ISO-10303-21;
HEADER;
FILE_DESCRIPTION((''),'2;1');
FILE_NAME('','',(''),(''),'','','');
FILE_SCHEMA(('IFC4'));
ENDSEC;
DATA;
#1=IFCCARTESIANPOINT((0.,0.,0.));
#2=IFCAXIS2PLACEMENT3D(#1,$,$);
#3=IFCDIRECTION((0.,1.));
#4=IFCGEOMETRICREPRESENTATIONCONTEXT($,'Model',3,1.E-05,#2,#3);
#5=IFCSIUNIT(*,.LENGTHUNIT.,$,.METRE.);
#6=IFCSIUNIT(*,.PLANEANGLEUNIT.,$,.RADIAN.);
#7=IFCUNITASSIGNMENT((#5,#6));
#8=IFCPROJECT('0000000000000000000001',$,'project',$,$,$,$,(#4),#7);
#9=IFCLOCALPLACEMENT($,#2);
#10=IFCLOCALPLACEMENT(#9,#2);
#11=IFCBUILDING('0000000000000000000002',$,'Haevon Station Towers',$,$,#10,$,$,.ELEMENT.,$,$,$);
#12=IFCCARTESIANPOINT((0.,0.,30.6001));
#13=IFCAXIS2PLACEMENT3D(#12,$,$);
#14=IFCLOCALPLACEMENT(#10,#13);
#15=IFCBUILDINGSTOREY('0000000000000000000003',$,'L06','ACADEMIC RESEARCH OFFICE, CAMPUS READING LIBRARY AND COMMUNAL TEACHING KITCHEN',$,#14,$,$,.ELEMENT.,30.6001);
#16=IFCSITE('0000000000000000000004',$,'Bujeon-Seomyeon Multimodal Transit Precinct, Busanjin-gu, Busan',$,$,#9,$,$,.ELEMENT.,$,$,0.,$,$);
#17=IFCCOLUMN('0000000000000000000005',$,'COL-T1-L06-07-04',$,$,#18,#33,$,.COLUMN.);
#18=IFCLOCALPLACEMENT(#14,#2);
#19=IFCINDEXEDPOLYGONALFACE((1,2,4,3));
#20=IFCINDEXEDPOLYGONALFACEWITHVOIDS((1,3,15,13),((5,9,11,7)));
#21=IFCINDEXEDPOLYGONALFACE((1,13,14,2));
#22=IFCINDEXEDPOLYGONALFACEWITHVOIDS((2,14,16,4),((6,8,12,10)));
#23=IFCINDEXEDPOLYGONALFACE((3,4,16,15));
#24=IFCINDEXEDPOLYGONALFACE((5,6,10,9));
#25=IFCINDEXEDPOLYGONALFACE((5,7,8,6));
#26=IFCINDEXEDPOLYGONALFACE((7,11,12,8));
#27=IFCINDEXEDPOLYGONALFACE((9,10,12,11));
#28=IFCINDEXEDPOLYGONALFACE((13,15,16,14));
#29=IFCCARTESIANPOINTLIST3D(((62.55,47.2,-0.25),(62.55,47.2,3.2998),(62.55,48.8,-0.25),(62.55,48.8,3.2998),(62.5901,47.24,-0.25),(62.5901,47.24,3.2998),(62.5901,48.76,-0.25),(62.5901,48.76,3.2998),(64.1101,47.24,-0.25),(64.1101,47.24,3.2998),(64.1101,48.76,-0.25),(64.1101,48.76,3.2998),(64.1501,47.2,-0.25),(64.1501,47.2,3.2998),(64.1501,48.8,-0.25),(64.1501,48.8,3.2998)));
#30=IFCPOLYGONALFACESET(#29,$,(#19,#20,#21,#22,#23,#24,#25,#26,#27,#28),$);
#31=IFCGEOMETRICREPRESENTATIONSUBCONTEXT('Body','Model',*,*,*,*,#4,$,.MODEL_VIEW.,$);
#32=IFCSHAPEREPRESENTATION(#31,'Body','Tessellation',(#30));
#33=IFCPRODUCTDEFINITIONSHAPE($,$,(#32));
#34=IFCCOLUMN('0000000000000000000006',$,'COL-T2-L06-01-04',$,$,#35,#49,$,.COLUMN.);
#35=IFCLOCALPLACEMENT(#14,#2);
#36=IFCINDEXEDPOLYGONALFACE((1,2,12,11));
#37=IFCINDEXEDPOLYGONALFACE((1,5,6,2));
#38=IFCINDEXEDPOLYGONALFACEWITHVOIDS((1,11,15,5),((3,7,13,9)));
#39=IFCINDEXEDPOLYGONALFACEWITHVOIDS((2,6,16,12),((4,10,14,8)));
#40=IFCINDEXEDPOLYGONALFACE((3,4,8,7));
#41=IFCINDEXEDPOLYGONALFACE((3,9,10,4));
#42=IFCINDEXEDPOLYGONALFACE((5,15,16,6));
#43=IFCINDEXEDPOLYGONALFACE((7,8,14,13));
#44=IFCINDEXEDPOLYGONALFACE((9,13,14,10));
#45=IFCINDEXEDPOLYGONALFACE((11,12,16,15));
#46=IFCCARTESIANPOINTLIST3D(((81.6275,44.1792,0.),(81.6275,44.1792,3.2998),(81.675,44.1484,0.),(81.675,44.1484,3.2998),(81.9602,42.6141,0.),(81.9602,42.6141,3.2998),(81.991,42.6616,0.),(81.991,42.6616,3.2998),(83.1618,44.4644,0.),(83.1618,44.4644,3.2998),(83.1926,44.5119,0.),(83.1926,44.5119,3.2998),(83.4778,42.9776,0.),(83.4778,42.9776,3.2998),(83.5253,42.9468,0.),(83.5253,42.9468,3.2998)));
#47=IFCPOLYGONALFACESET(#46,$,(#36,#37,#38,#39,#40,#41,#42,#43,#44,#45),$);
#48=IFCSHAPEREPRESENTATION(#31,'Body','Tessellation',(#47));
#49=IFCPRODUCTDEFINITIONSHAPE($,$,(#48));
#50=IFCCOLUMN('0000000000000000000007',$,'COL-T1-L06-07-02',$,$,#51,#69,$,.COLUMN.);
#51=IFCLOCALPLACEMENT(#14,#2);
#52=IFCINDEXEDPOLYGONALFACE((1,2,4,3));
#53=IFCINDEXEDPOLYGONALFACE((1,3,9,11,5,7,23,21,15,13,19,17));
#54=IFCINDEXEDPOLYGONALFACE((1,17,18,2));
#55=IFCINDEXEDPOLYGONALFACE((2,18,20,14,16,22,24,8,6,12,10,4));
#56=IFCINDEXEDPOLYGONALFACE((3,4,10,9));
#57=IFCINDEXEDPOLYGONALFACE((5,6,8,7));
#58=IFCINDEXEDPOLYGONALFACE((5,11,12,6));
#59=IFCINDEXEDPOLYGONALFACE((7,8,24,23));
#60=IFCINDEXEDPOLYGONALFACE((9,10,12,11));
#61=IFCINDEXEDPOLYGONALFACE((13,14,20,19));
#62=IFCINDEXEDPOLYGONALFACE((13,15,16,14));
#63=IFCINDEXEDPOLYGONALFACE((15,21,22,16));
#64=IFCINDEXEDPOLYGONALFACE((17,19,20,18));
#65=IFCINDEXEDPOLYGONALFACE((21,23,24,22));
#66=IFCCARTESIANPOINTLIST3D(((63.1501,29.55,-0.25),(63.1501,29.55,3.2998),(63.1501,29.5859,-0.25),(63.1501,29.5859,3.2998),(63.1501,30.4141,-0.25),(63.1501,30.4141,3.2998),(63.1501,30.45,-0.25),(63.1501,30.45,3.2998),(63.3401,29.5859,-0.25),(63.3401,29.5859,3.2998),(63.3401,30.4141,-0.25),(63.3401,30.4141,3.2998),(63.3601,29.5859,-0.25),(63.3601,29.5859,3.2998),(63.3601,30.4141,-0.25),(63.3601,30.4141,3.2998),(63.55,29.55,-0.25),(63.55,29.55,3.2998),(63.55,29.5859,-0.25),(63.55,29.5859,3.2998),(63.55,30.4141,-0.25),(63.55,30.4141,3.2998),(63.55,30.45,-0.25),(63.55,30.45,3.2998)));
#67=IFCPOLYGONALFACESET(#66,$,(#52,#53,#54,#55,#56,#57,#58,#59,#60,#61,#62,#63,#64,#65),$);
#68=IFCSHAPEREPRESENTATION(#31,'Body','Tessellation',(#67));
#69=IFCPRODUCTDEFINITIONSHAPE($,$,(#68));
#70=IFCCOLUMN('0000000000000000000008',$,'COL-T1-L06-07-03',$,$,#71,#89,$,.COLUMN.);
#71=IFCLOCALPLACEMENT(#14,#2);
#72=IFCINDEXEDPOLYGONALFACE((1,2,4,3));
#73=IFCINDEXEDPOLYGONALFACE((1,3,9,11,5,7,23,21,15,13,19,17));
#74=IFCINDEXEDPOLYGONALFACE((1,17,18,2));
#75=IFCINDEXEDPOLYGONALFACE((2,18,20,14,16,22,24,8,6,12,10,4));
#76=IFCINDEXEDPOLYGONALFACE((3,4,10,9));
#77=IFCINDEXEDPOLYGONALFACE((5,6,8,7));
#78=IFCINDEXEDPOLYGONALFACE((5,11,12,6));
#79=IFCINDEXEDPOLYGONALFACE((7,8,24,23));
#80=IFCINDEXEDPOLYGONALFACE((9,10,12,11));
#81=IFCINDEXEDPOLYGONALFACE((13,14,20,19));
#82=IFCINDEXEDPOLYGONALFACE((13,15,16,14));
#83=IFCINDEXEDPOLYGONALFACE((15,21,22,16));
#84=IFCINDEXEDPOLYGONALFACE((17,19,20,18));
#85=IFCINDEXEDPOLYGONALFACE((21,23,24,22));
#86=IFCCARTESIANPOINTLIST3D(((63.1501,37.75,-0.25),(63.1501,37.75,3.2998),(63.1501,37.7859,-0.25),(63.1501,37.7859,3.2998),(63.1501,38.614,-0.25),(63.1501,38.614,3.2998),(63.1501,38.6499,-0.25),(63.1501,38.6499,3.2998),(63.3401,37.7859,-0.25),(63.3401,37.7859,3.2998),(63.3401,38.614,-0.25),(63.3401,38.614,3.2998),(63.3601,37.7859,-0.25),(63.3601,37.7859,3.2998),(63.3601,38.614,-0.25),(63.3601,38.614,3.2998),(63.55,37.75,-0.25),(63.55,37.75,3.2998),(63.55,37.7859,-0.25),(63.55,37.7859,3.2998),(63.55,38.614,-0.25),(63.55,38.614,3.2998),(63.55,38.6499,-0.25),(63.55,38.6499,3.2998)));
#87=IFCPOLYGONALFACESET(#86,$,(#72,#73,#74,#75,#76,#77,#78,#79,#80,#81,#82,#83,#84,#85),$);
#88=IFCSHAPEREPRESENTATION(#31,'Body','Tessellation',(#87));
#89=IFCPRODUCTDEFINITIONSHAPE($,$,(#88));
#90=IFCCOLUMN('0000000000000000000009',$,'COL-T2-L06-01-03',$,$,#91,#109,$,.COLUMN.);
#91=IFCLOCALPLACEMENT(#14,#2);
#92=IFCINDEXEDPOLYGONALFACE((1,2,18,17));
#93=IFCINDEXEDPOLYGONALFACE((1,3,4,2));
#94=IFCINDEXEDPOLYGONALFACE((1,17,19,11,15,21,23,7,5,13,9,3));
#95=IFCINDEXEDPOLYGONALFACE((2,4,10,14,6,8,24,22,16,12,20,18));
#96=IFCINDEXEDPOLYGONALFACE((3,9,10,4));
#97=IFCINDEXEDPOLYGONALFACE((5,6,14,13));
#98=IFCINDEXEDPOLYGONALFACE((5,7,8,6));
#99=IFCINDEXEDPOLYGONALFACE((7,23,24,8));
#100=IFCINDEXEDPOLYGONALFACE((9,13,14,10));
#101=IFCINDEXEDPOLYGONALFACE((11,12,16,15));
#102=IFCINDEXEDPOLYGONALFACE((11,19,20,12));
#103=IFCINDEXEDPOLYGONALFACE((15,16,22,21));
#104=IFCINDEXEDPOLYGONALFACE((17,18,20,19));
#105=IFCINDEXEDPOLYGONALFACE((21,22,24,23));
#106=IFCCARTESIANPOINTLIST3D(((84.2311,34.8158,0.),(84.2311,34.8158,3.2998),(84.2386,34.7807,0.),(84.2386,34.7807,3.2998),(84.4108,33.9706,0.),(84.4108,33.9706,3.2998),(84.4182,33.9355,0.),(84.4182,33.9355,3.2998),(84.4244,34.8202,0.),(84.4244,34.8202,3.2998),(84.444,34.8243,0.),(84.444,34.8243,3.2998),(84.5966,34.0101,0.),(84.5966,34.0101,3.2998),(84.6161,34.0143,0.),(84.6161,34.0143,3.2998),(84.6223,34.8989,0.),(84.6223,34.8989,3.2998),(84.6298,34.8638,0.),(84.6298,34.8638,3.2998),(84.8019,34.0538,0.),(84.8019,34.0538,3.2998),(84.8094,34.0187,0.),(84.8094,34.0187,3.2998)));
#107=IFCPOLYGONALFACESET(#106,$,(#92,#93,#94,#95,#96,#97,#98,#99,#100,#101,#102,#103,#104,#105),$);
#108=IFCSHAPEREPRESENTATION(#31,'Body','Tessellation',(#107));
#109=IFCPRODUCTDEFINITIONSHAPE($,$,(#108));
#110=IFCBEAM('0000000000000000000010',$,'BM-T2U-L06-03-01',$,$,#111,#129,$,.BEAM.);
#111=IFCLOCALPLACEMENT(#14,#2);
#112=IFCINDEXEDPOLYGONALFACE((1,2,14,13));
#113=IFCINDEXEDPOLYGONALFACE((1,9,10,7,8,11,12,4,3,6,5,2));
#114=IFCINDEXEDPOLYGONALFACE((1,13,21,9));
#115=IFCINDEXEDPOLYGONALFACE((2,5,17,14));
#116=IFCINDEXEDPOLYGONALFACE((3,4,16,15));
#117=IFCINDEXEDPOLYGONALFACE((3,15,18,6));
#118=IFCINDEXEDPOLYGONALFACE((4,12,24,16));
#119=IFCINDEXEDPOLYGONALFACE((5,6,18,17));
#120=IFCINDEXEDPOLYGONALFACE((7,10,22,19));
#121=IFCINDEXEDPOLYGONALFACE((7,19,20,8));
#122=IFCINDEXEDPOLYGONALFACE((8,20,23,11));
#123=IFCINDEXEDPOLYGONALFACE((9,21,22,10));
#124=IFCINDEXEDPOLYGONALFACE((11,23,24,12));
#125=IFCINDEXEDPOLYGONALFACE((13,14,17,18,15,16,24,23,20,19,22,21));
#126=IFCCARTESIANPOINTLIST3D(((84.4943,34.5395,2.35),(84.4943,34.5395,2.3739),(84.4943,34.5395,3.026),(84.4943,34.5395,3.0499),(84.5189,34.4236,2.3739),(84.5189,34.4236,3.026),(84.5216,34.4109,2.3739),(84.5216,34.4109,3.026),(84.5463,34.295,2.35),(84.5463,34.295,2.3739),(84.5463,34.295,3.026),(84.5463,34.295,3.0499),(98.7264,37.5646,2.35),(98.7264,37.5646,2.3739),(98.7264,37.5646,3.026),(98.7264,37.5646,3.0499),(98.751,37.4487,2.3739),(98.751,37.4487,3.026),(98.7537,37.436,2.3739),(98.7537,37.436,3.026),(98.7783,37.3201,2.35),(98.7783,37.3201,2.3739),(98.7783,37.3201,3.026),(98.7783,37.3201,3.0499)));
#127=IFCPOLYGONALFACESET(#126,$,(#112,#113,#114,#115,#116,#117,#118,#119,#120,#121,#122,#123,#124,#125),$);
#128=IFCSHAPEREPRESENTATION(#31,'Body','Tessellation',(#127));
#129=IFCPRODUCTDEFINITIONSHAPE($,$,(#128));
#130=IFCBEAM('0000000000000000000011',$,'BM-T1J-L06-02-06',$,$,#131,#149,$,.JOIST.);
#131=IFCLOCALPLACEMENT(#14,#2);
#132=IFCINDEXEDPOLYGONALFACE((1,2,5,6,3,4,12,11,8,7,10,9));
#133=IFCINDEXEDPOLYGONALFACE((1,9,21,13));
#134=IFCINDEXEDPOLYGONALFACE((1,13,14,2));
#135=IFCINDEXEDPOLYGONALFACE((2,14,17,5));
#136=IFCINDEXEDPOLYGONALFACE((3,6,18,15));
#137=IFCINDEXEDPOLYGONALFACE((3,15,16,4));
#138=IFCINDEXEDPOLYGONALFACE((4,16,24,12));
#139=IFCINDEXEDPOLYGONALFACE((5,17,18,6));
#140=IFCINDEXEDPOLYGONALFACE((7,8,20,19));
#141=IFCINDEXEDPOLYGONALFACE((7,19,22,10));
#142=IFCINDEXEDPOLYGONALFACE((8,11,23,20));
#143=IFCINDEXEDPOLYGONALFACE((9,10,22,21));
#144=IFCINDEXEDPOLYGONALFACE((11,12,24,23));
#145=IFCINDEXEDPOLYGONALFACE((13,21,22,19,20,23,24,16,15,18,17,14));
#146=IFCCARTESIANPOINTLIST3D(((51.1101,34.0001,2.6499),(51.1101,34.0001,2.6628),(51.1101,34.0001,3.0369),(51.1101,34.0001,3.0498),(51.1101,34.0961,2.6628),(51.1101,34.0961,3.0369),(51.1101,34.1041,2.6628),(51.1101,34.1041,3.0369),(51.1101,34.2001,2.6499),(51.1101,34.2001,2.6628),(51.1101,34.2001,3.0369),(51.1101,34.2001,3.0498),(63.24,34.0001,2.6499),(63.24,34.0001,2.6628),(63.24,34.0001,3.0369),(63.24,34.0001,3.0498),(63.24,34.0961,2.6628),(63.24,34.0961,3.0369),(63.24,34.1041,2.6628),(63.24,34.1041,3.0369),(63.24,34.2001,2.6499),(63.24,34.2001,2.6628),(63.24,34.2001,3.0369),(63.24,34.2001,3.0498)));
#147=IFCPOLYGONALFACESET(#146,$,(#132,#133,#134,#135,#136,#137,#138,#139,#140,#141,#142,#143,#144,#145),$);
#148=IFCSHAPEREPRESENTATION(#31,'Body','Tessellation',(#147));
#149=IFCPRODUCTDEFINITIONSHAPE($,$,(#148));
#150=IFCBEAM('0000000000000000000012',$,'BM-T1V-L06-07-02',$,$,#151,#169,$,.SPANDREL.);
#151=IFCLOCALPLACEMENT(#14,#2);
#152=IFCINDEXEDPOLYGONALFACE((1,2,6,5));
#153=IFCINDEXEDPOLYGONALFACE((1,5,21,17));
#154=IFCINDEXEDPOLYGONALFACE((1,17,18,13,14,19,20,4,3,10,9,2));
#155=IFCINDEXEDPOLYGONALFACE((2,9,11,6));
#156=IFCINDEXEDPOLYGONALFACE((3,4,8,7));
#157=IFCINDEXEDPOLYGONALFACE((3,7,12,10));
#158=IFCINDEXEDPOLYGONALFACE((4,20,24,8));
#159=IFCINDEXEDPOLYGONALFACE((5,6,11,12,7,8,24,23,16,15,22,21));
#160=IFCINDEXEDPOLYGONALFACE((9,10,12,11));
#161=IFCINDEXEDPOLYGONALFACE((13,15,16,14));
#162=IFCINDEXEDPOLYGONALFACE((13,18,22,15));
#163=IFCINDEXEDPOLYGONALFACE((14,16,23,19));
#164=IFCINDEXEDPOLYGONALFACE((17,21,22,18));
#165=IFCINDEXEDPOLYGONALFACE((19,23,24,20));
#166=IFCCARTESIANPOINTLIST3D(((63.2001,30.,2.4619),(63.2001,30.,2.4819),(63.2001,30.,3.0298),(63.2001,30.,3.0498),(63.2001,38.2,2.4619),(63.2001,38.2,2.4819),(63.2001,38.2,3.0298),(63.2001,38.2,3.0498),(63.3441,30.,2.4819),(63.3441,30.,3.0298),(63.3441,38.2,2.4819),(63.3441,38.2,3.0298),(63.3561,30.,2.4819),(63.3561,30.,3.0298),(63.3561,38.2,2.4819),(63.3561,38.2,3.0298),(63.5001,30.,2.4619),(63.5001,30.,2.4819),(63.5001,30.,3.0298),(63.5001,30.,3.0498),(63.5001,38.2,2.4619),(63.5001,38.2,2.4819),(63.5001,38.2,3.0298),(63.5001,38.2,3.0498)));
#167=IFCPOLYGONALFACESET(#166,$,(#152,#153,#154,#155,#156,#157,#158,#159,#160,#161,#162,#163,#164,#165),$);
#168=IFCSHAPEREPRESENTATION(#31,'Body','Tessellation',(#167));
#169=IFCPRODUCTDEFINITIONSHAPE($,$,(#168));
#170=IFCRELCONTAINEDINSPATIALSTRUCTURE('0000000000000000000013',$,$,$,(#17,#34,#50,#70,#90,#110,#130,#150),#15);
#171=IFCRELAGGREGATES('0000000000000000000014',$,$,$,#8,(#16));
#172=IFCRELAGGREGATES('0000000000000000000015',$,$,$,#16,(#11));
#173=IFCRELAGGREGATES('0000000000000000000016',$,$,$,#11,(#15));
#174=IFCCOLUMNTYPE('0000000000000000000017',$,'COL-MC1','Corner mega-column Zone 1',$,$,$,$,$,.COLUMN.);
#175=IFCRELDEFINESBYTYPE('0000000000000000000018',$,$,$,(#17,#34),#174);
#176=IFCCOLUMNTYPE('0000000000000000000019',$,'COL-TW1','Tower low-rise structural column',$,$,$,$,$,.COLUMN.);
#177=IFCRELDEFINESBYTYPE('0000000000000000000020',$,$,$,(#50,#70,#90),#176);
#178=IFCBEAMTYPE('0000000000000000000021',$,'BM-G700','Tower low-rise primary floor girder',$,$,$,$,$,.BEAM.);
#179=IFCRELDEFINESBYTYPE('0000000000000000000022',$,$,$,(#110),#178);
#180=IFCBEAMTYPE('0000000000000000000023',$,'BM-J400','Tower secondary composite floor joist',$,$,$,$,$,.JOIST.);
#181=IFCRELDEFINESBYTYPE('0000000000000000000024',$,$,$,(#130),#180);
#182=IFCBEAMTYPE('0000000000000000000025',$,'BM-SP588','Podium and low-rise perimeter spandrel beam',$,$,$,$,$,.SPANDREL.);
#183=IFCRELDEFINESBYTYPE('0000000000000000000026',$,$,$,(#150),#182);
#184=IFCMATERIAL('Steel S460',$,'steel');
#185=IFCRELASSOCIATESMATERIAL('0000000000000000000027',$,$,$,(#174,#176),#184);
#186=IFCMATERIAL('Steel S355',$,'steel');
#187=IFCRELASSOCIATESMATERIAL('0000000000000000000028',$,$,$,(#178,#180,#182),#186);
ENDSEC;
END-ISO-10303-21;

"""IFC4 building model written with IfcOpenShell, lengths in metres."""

from ifc_helpers import new_model, si_unit, direction, frame, origin, origin_2d, place, context, subcontext, project, spatial, hollow_rectangle, i_section, extrude, material, material_profile, profile_set, type_object, element, save


model = new_model("IFC4")

# Units and contexts
model_context = context("Model", 3, precision=1e-05, world=origin(), true_north=direction((0.0, 1.0)))
body_context = subcontext(model_context, "Body", "Model", "MODEL_VIEW")
ifc_project = project(units=[si_unit("LENGTHUNIT", "METRE"), si_unit("PLANEANGLEUNIT", "RADIAN")], contexts=[model_context])

# Site, building, storey
site_placement = place(None, origin())
site = spatial("IfcSite", under=ifc_project, at=site_placement, Name="Bujeon-Seomyeon Multimodal Transit Precinct, Busanjin-gu, Busan", CompositionType="ELEMENT", RefElevation=0.0)
building_placement = place(site_placement, origin())
building = spatial("IfcBuilding", under=site, at=building_placement, Name="Haevon Station Towers", CompositionType="ELEMENT")
storey_placement = place(building_placement, frame((0.0, 0.0, 30.6001)))
storey = spatial("IfcBuildingStorey", under=building, at=storey_placement, Name="L06", Description="ACADEMIC RESEARCH OFFICE, CAMPUS READING LIBRARY AND COMMUNAL TEACHING KITCHEN", CompositionType="ELEMENT", Elevation=30.6001)

# Columns
ifc_material_1 = material(Name="Steel S460", Category="steel")
ifc_material_profile_1 = material_profile(ifc_material_1, hollow_rectangle(XDim=1.6001, YDim=1.6001, WallThickness=0.04, at=origin_2d()), Name="BOX-1600x1600x40")
ifc_profile_set_1 = profile_set([ifc_material_profile_1], Name="Steel S460")
column_type_1 = type_object("IfcColumnType", Name="COL-MC1", Description="Corner mega-column Zone 1", PredefinedType="COLUMN", material=ifc_profile_set_1)
column_1_placement = place(storey_placement, frame((63.3501, 48.0, -0.25), z_axis=(0.0, 0.0, 1.0), x_axis=(1.0, 0.0, 0.0)))
element("IfcColumn", 1, at=column_1_placement, inside=storey, type_object=column_type_1, Name="COL-T1-L06-07-04", PredefinedType="COLUMN", context=body_context, shape_type="SweptSolid", body=[
    extrude(hollow_rectangle(XDim=1.6001, YDim=1.6001, WallThickness=0.04, at=origin_2d()), origin(), (0.0, 0.0, 1.0), 3.5498),
])
column_2_placement = place(storey_placement, frame((82.5764, 43.563, 0.0), z_axis=(0.0, 0.0, 1.0), x_axis=(0.978148, 0.207912, 0.0)))
element("IfcColumn", 2, at=column_2_placement, inside=storey, type_object=column_type_1, Name="COL-T2-L06-01-04", PredefinedType="COLUMN", context=body_context, shape_type="SweptSolid", body=[
    extrude(hollow_rectangle(XDim=1.6001, YDim=1.6001, WallThickness=0.04, at=origin_2d()), origin(), (0.0, 0.0, 1.0), 3.2998),
])
ifc_material_profile_2 = material_profile(ifc_material_1, i_section(OverallWidth=0.3999, OverallDepth=0.8999, WebThickness=0.02, FlangeThickness=0.0359, at=origin_2d()), Name="H-900x400x20x36")
ifc_profile_set_2 = profile_set([ifc_material_profile_2], Name="Steel S460")
column_type_2 = type_object("IfcColumnType", Name="COL-TW1", Description="Tower low-rise structural column", PredefinedType="COLUMN", material=ifc_profile_set_2)
for number, where, z_axis, x_axis, name in (
    (3, (63.3501, 30.0, -0.25), (0.0, 0.0, 1.0), (1.0, 0.0, 0.0), "COL-T1-L06-07-02"),
    (4, (63.3501, 38.2, -0.25), (0.0, 0.0, 1.0), (1.0, 0.0, 0.0), "COL-T1-L06-07-03"),
):
    element("IfcColumn", number, at=place(storey_placement, frame(where, z_axis=z_axis, x_axis=x_axis)), inside=storey, type_object=column_type_2, Name=name, PredefinedType="COLUMN", context=body_context, shape_type="SweptSolid", body=[
        extrude(i_section(OverallWidth=0.3999, OverallDepth=0.8999, WebThickness=0.02, FlangeThickness=0.0359, at=origin_2d()), origin(), (0.0, 0.0, 1.0), 3.5498),
    ])
column_3_placement = place(storey_placement, frame((84.5203, 34.4172, 0.0), z_axis=(0.0, 0.0, 1.0), x_axis=(0.978148, 0.207912, 0.0)))
element("IfcColumn", 5, at=column_3_placement, inside=storey, type_object=column_type_2, Name="COL-T2-L06-01-03", PredefinedType="COLUMN", context=body_context, shape_type="SweptSolid", body=[
    extrude(i_section(OverallWidth=0.3999, OverallDepth=0.8999, WebThickness=0.02, FlangeThickness=0.0359, at=origin_2d()), origin(), (0.0, 0.0, 1.0), 3.2998),
])

# Beams
ifc_material_2 = material(Name="Steel S355", Category="steel")
ifc_material_profile_3 = material_profile(ifc_material_2, i_section(OverallWidth=0.25, OverallDepth=0.7, WebThickness=0.0129, FlangeThickness=0.0239, at=origin_2d()), Name="H-700x250x13x24")
ifc_profile_set_3 = profile_set([ifc_material_profile_3], Name="Steel S355")
beam_type_1 = type_object("IfcBeamType", Name="BM-G700", Description="Tower low-rise primary floor girder", PredefinedType="BEAM", material=ifc_profile_set_3)
beam_1_placement = place(storey_placement, frame((84.5203, 34.4172, 2.7), z_axis=(0.978148, 0.207912, 0.0), x_axis=(-0.207912, 0.978148, 0.0)))
element("IfcBeam", 6, at=beam_1_placement, inside=storey, type_object=beam_type_1, Name="BM-T2U-L06-03-01", PredefinedType="BEAM", context=body_context, shape_type="SweptSolid", body=[
    extrude(i_section(OverallWidth=0.25, OverallDepth=0.7, WebThickness=0.0129, FlangeThickness=0.0239, at=origin_2d()), origin(), (0.0, 0.0, 1.0), 14.55),
])
ifc_material_profile_4 = material_profile(ifc_material_2, i_section(OverallWidth=0.2, OverallDepth=0.3999, WebThickness=0.0081, FlangeThickness=0.0129, at=origin_2d()), Name="H-400x200x8x13")
ifc_profile_set_4 = profile_set([ifc_material_profile_4], Name="Steel S355")
beam_type_2 = type_object("IfcBeamType", Name="BM-J400", Description="Tower secondary composite floor joist", PredefinedType="JOIST", material=ifc_profile_set_4)
beam_2_placement = place(storey_placement, frame((51.1101, 34.1001, 2.8499), z_axis=(1.0, 0.0, 0.0), x_axis=(0.0, 1.0, 0.0)))
element("IfcBeam", 7, at=beam_2_placement, inside=storey, type_object=beam_type_2, Name="BM-T1J-L06-02-06", PredefinedType="JOIST", context=body_context, shape_type="SweptSolid", body=[
    extrude(i_section(OverallWidth=0.2, OverallDepth=0.3999, WebThickness=0.0081, FlangeThickness=0.0129, at=origin_2d()), origin(), (0.0, 0.0, 1.0), 12.1299),
])
ifc_material_profile_5 = material_profile(ifc_material_2, i_section(OverallWidth=0.3, OverallDepth=0.5879, WebThickness=0.012, FlangeThickness=0.02, at=origin_2d()), Name="H-588x300x12x20")
ifc_profile_set_5 = profile_set([ifc_material_profile_5], Name="Steel S355")
beam_type_3 = type_object("IfcBeamType", Name="BM-SP588", Description="Podium and low-rise perimeter spandrel beam", PredefinedType="SPANDREL", material=ifc_profile_set_5)
beam_3_placement = place(storey_placement, frame((63.3501, 30.0, 2.7559), z_axis=(0.0, 1.0, 0.0), x_axis=(-1.0, 0.0, 0.0)))
element("IfcBeam", 8, at=beam_3_placement, inside=storey, type_object=beam_type_3, Name="BM-T1V-L06-07-02", PredefinedType="SPANDREL", context=body_context, shape_type="SweptSolid", body=[
    extrude(i_section(OverallWidth=0.3, OverallDepth=0.5879, WebThickness=0.012, FlangeThickness=0.02, at=origin_2d()), origin(), (0.0, 0.0, 1.0), 8.2),
])

save(model, "model.ifc")
